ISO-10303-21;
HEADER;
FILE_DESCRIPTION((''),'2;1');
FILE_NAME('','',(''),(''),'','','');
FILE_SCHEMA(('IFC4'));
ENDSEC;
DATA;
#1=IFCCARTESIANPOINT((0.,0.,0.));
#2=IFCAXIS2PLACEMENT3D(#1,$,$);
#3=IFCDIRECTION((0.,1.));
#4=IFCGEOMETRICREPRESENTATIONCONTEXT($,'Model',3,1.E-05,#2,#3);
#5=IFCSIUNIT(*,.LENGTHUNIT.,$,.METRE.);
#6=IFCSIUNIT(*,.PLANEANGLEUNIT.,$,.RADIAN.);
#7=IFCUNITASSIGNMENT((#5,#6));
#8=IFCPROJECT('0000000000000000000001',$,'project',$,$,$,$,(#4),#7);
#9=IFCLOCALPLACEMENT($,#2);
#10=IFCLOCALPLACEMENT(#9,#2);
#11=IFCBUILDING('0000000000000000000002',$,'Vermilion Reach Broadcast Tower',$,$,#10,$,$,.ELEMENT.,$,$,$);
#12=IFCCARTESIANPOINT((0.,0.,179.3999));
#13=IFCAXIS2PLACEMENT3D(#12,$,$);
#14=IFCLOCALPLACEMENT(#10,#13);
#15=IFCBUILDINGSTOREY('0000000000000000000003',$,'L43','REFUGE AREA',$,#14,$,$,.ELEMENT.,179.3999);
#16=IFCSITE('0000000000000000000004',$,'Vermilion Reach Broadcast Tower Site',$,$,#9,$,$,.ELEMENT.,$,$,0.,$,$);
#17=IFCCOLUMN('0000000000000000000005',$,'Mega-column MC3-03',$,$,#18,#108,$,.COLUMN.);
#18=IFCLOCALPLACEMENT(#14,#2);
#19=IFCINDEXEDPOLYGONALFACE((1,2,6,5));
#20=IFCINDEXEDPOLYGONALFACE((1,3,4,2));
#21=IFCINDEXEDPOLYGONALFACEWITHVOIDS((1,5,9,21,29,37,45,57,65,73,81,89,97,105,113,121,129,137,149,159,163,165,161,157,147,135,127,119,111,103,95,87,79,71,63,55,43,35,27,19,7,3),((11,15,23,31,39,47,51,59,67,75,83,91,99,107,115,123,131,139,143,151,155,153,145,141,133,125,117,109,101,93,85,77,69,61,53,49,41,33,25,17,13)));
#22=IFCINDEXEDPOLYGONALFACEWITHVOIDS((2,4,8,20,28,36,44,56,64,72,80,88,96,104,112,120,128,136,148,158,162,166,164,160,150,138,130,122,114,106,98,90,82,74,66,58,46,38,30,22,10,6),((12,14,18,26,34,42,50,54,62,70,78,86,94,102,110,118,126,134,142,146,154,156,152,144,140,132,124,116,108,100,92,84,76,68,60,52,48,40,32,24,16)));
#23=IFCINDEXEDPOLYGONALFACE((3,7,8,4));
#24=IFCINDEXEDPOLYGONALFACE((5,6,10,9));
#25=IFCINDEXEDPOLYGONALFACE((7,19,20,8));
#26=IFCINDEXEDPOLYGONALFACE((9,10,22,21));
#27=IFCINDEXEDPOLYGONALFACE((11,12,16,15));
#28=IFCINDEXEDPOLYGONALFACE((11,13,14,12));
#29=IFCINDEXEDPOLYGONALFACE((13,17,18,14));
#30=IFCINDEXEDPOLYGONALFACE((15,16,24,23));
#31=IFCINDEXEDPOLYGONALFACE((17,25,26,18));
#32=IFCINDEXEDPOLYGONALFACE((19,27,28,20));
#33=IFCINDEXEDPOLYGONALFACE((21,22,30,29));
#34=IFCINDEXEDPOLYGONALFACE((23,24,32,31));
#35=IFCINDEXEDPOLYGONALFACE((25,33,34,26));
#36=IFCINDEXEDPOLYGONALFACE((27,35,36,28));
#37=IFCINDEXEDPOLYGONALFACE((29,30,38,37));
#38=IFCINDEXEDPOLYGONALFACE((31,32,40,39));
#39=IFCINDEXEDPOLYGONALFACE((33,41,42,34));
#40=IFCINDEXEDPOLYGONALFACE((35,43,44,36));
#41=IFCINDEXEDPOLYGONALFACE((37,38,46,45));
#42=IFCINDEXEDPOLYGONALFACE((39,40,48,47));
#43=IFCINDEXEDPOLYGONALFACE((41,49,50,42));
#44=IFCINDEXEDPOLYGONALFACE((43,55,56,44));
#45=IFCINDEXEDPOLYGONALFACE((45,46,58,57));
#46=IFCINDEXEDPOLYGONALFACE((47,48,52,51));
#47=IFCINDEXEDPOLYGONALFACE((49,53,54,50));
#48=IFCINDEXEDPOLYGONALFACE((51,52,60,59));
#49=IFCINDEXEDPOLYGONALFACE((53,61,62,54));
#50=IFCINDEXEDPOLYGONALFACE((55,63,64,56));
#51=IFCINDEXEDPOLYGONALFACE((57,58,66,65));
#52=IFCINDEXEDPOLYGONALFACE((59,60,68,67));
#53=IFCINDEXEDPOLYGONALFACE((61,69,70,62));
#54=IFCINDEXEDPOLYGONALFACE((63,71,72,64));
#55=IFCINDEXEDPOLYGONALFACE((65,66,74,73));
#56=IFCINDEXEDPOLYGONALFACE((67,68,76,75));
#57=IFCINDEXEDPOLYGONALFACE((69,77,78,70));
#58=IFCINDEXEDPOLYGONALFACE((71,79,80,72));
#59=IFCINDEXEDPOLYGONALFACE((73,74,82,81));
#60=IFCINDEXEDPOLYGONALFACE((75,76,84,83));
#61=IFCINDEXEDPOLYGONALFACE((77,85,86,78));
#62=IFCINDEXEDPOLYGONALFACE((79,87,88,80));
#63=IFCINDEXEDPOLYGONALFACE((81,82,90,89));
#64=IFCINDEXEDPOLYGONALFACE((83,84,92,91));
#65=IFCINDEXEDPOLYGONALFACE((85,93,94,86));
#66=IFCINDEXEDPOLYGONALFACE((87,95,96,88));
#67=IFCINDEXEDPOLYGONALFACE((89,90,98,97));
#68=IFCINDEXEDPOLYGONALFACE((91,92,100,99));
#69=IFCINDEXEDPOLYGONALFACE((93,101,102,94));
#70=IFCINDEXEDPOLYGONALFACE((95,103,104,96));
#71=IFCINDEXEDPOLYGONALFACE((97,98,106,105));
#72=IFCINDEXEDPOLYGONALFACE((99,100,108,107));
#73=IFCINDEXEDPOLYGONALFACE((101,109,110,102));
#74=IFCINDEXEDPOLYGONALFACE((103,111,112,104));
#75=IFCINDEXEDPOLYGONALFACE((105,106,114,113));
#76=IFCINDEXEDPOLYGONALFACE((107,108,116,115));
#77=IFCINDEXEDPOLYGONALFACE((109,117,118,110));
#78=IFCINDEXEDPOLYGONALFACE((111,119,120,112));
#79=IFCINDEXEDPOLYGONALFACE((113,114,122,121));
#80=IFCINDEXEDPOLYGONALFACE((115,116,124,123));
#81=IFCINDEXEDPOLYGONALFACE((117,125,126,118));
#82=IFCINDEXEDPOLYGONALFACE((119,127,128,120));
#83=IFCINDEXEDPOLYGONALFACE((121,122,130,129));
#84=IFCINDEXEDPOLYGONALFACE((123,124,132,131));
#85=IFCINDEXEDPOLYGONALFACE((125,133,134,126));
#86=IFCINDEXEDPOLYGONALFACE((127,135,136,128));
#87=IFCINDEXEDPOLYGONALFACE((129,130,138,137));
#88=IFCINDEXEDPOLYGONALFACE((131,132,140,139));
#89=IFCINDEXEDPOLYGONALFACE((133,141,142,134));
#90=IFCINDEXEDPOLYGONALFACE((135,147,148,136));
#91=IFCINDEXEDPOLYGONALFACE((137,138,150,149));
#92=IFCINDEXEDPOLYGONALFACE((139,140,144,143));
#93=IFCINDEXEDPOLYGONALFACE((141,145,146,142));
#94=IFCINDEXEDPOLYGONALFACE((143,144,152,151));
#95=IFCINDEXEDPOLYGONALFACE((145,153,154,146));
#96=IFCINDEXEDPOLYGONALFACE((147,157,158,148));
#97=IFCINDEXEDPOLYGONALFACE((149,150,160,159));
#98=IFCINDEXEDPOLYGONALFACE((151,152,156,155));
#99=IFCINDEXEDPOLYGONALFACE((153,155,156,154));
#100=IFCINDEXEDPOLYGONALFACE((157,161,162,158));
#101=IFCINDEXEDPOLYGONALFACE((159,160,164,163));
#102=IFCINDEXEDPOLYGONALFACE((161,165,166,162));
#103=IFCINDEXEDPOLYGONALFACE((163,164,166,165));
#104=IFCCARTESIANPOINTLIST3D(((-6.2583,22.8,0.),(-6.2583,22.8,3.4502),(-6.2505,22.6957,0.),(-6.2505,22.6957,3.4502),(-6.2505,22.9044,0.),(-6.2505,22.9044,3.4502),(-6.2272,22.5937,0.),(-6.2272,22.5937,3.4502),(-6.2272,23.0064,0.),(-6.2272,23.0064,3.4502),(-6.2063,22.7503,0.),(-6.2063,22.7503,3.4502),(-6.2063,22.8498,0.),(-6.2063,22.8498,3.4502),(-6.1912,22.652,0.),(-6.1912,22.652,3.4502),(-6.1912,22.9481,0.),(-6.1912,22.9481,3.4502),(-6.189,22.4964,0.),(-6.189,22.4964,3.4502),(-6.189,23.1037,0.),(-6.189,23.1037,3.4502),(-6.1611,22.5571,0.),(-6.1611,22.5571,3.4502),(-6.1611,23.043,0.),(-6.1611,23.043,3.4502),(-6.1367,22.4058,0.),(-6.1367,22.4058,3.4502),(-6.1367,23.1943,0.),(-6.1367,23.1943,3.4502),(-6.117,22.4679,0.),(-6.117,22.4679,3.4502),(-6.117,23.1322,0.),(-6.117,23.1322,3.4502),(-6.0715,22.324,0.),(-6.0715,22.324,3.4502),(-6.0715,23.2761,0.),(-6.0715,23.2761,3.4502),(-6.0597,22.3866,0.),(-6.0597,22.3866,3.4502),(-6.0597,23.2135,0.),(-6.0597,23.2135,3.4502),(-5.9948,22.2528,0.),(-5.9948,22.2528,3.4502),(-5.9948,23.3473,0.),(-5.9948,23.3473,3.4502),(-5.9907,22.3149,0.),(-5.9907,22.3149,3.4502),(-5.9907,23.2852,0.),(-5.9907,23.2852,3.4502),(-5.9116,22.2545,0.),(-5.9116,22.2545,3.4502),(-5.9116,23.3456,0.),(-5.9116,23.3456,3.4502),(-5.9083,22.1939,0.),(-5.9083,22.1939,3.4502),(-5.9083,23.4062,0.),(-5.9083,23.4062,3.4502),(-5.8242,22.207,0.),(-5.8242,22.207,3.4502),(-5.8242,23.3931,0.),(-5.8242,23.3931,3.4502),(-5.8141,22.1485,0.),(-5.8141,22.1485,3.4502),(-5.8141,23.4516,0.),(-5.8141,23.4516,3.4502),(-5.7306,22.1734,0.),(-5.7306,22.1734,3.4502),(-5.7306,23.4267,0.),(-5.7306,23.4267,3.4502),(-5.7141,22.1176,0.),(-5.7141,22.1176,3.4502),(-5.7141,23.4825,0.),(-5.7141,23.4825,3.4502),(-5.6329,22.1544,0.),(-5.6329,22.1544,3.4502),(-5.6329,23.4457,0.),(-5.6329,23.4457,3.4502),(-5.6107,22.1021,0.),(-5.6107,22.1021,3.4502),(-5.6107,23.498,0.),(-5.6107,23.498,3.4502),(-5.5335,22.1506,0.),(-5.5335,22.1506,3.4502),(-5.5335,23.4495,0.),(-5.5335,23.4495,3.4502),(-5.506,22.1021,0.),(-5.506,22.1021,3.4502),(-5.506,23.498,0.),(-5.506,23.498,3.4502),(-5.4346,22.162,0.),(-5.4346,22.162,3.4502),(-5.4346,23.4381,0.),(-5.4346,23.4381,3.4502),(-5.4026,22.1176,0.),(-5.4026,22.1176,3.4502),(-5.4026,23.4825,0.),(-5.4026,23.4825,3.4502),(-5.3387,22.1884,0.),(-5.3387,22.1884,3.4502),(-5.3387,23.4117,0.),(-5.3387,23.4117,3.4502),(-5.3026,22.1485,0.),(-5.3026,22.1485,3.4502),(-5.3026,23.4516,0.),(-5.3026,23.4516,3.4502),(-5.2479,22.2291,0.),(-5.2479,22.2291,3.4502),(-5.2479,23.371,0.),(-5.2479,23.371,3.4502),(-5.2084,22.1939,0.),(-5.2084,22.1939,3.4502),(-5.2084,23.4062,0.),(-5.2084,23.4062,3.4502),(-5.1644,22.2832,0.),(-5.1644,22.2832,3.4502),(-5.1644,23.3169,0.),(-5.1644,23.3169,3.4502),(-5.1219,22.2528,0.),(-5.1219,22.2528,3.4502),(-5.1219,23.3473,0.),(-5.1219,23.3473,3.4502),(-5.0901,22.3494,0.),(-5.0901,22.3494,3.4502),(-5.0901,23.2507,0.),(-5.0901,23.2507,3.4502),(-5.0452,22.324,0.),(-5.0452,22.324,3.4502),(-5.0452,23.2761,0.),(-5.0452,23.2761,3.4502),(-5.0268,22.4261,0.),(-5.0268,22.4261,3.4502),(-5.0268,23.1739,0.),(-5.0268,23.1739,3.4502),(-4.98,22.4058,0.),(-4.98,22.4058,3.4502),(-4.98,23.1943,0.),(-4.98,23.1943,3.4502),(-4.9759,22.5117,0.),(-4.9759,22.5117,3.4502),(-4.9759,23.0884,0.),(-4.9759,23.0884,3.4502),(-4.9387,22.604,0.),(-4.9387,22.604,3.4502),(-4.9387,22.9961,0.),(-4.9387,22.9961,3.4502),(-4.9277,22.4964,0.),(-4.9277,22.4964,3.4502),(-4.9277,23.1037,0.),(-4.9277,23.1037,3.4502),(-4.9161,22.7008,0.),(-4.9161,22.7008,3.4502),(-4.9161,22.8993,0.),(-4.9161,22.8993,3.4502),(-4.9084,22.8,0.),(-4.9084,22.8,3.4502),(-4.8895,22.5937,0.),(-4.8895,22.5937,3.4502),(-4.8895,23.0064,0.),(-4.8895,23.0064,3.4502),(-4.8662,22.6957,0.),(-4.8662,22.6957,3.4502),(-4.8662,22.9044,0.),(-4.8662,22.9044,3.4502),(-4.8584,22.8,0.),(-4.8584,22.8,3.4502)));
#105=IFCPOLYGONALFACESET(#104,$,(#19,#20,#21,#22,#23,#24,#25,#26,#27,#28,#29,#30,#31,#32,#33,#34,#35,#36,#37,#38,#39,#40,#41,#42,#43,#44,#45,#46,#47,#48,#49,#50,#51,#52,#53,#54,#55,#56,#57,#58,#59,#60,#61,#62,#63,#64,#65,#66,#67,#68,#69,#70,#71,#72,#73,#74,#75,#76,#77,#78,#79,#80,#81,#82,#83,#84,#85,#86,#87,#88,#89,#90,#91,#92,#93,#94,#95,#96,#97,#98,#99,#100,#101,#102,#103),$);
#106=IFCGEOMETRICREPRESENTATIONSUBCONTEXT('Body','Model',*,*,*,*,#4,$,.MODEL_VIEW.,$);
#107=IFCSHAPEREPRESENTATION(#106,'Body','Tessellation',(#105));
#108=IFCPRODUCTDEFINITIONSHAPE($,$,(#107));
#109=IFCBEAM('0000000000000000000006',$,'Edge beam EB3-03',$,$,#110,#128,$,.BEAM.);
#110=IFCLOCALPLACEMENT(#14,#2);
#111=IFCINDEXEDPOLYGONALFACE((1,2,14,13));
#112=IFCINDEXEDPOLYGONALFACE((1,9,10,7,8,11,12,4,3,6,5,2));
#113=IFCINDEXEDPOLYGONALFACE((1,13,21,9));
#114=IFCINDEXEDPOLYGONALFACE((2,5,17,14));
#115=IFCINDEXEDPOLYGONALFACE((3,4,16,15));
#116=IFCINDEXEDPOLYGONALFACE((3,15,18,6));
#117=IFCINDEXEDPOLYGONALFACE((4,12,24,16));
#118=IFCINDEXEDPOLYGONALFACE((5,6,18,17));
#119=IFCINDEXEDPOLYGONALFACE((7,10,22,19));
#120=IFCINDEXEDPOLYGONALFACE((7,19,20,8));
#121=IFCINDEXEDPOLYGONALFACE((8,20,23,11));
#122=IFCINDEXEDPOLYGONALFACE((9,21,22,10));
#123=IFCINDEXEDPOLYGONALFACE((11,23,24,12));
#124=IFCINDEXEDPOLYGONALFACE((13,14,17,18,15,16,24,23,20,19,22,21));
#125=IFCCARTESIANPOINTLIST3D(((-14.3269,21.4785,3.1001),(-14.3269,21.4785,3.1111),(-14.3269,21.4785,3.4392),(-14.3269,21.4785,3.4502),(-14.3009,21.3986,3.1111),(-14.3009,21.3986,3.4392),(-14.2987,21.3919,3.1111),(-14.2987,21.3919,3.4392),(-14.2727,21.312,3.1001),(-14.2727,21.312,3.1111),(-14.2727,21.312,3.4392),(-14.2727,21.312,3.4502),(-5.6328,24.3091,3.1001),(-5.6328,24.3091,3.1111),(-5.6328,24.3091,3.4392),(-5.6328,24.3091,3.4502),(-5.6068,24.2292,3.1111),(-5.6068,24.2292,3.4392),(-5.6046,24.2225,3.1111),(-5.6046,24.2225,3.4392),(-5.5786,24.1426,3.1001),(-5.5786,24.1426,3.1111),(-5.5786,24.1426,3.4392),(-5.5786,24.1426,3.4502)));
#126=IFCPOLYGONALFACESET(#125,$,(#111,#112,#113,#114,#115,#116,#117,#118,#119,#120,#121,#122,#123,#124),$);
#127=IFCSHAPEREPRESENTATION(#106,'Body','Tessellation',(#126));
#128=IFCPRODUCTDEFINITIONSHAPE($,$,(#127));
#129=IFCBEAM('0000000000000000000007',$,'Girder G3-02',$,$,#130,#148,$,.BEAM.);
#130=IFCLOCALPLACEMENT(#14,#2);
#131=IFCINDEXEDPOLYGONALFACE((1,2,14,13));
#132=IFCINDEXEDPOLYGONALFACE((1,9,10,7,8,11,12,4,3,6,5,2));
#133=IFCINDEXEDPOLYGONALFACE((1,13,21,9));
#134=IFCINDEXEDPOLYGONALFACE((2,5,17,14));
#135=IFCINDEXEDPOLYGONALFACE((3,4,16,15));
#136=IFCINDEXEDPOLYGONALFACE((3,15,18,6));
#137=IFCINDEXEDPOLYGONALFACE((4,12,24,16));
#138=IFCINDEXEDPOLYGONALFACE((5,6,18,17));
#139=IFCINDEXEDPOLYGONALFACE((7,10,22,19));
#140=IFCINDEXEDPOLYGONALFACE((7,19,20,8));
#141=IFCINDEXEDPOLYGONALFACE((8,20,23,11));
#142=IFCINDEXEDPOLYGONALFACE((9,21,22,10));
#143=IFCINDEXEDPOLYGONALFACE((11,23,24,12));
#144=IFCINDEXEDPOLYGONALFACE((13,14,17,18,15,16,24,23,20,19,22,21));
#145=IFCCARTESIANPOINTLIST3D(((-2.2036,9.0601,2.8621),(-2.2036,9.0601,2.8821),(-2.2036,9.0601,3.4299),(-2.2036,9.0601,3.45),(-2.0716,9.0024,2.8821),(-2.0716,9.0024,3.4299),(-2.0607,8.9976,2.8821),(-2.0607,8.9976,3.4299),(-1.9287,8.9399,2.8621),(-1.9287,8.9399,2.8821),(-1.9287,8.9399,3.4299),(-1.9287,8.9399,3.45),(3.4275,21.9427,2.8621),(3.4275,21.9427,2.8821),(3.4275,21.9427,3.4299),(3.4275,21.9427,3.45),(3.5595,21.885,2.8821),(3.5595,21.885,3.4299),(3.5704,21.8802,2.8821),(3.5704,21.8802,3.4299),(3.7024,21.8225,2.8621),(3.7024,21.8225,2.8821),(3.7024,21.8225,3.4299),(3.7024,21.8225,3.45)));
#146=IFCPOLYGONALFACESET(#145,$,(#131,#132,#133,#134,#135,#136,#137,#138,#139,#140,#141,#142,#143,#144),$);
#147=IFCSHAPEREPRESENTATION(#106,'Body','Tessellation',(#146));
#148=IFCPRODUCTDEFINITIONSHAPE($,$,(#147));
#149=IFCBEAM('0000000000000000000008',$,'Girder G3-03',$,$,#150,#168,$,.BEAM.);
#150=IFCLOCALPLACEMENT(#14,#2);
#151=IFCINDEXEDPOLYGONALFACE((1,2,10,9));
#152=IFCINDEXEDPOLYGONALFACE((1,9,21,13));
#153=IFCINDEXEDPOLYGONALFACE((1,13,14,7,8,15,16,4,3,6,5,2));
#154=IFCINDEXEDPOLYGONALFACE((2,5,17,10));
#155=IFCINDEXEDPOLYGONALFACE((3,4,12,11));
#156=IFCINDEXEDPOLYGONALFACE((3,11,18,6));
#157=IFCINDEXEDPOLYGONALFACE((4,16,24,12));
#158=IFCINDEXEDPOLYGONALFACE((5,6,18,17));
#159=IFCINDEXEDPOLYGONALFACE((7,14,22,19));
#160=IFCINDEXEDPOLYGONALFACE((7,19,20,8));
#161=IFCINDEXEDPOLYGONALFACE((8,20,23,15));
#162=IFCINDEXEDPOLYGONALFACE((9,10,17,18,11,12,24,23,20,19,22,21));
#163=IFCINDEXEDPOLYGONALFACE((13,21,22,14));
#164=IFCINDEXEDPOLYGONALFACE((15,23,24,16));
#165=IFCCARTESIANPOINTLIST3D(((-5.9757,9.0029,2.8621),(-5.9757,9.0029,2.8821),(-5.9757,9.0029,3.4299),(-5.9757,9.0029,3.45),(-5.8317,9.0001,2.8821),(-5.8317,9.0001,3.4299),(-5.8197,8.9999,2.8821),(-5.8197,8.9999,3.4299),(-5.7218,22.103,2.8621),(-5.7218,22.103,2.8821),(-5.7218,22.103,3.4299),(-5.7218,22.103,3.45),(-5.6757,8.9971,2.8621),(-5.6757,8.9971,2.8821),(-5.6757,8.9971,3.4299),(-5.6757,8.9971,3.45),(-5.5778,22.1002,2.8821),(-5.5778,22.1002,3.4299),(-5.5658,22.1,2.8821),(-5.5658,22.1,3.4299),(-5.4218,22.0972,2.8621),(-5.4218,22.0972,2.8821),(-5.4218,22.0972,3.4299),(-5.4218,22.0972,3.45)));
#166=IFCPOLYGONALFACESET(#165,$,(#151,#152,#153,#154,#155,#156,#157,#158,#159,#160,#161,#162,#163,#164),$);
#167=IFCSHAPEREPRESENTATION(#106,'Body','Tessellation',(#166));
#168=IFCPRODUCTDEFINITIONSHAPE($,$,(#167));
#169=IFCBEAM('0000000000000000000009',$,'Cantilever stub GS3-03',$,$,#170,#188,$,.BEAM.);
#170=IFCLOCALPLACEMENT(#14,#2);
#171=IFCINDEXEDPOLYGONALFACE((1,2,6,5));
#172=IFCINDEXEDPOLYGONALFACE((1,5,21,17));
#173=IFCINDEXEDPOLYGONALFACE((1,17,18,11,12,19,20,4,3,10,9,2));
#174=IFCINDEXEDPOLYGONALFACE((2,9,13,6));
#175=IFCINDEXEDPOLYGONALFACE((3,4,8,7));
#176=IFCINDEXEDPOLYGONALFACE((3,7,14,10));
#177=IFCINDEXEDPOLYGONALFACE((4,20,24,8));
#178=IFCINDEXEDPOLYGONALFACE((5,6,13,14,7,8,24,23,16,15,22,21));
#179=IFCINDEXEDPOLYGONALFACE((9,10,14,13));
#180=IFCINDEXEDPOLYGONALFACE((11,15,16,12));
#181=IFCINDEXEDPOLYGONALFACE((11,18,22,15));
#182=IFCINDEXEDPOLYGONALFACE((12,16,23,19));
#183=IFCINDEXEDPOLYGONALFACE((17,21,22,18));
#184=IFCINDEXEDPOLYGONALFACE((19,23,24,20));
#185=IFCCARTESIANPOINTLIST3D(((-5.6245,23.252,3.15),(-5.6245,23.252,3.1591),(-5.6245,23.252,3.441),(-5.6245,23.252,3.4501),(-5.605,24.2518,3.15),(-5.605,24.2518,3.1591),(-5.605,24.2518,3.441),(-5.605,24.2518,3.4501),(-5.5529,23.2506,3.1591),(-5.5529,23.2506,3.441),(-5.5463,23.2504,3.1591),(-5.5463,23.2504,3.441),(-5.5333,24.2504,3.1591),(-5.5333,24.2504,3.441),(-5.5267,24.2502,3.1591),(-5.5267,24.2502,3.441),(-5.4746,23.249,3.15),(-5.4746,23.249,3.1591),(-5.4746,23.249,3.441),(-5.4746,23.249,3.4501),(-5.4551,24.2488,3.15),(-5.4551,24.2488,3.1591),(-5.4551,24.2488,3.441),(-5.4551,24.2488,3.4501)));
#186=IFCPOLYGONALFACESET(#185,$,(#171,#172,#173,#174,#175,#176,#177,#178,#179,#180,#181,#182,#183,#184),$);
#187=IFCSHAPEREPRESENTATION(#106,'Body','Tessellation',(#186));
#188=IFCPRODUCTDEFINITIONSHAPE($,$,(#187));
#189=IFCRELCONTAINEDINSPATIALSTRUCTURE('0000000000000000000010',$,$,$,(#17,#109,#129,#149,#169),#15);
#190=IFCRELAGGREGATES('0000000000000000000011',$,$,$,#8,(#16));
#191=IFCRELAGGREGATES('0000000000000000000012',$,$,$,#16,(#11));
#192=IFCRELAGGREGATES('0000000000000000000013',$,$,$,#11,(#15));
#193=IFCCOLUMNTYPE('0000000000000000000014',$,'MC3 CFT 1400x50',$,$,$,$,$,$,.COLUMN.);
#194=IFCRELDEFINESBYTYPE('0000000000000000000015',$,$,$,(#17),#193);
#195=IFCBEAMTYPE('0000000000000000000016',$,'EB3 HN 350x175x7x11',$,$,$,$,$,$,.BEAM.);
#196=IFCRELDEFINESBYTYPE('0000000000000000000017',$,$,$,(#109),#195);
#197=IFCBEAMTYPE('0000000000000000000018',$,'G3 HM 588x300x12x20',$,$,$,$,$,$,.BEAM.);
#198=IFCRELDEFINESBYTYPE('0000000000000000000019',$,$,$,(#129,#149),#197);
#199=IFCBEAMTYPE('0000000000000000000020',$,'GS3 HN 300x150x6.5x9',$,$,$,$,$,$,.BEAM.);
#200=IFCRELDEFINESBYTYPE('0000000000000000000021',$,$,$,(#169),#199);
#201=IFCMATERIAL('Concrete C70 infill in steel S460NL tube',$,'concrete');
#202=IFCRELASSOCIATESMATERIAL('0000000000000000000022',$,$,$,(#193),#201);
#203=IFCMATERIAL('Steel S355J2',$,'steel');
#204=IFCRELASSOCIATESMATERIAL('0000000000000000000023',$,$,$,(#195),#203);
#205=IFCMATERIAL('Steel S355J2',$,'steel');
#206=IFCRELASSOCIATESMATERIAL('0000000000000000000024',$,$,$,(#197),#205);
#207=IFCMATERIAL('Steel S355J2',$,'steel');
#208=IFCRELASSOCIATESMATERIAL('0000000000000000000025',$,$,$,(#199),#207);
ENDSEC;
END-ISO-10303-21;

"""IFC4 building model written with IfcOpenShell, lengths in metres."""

from ifc_helpers import new_model, si_unit, direction, frame, origin, origin_2d, place, context, subcontext, project, spatial, hollow_circle, i_section, extrude, material, material_profile, profile_set, type_object, element, save


model = new_model("IFC4")

# Units and contexts
model_context = context("Model", 3, precision=1e-05, world=origin(), true_north=direction((0.0, 1.0)))
body_context = subcontext(model_context, "Body", "Model", "MODEL_VIEW")
ifc_project = project(units=[si_unit("LENGTHUNIT", "METRE"), si_unit("PLANEANGLEUNIT", "RADIAN")], contexts=[model_context])

# Site, building, storey
site_placement = place(None, origin())
site = spatial("IfcSite", under=ifc_project, at=site_placement, Name="Vermilion Reach Broadcast Tower Site", CompositionType="ELEMENT", RefElevation=0.0)
building_placement = place(site_placement, origin())
building = spatial("IfcBuilding", under=site, at=building_placement, Name="Vermilion Reach Broadcast Tower", CompositionType="ELEMENT")
storey_placement = place(building_placement, frame((0.0, 0.0, 179.3999)))
storey = spatial("IfcBuildingStorey", under=building, at=storey_placement, Name="L43", Description="REFUGE AREA", CompositionType="ELEMENT", Elevation=179.3999)

# Column
ifc_material_1 = material(Name="Concrete C70 infill in steel S460NL tube", Category="concrete")
ifc_material_profile_1 = material_profile(ifc_material_1, hollow_circle(Radius=0.7, WallThickness=0.05, at=origin_2d()), Name="Concrete C70 infill in steel S460NL tube CFT 1400x50")
ifc_profile_set_1 = profile_set([ifc_material_profile_1], Name="Concrete C70 infill in steel S460NL tube")
column_type = type_object("IfcColumnType", Name="MC3 CFT 1400x50", PredefinedType="COLUMN", material=ifc_profile_set_1)
column_placement = place(storey_placement, frame((-5.5583, 22.8, 0.0), z_axis=(0.0, 0.0, 1.0), x_axis=(1.0, 0.0, 0.0)))
element("IfcColumn", 1, at=column_placement, inside=storey, type_object=column_type, Name="Mega-column MC3-03", PredefinedType="COLUMN", context=body_context, shape_type="SweptSolid", body=[
    extrude(hollow_circle(Radius=0.7, WallThickness=0.05, at=origin_2d()), origin(), (0.0, 0.0, 1.0), 3.4502),
])

# Beams
ifc_material_2 = material(Name="Steel S355J2", Category="steel")
ifc_material_profile_2 = material_profile(ifc_material_2, i_section(OverallWidth=0.175, OverallDepth=0.3501, WebThickness=0.0071, FlangeThickness=0.011, at=origin_2d()), Name="S355J2 HN 350x175x7x11")
ifc_profile_set_2 = profile_set([ifc_material_profile_2], Name="Steel S355J2")
beam_type_1 = type_object("IfcBeamType", Name="EB3 HN 350x175x7x11", PredefinedType="BEAM", material=ifc_profile_set_2)
beam_1_placement = place(storey_placement, frame((-5.6057, 24.2258, 3.2751), z_axis=(-0.950874, -0.309579, 0.0), x_axis=(0.309579, -0.950874, 0.0)))
element("IfcBeam", 2, at=beam_1_placement, inside=storey, type_object=beam_type_1, Name="Edge beam EB3-03", PredefinedType="BEAM", context=body_context, shape_type="SweptSolid", body=[
    extrude(i_section(OverallWidth=0.175, OverallDepth=0.3501, WebThickness=0.0071, FlangeThickness=0.011, at=origin_2d()), origin(), (0.0, 0.0, 1.0), 9.1433),
])
ifc_material_3 = material(Name="Steel S355J2", Category="steel")
ifc_material_profile_3 = material_profile(ifc_material_3, i_section(OverallWidth=0.3, OverallDepth=0.5879, WebThickness=0.012, FlangeThickness=0.02, at=origin_2d()), Name="S355J2 HM 588x300x12x20")
ifc_profile_set_3 = profile_set([ifc_material_profile_3], Name="Steel S355J2")
beam_type_2 = type_object("IfcBeamType", Name="G3 HM 588x300x12x20", PredefinedType="BEAM", material=ifc_profile_set_3)
beam_2_placement = place(storey_placement, frame((-2.0662, 9.0, 3.156), z_axis=(0.400519, 0.916288, 0.0), x_axis=(-0.916288, 0.400519, 0.0)))
element("IfcBeam", 3, at=beam_2_placement, inside=storey, type_object=beam_type_2, Name="Girder G3-02", PredefinedType="BEAM", context=body_context, shape_type="SweptSolid", body=[
    extrude(i_section(OverallWidth=0.3, OverallDepth=0.5879, WebThickness=0.012, FlangeThickness=0.02, at=origin_2d()), origin(), (0.0, 0.0, 1.0), 14.0596),
])
beam_3_placement = place(storey_placement, frame((-5.8257, 9.0, 3.156), z_axis=(0.019378, 0.999812, 0.0), x_axis=(-0.999812, 0.019378, 0.0)))
element("IfcBeam", 4, at=beam_3_placement, inside=storey, type_object=beam_type_2, Name="Girder G3-03", PredefinedType="BEAM", context=body_context, shape_type="SweptSolid", body=[
    extrude(i_section(OverallWidth=0.3, OverallDepth=0.5879, WebThickness=0.012, FlangeThickness=0.02, at=origin_2d()), origin(), (0.0, 0.0, 1.0), 13.1025),
])
ifc_material_4 = material(Name="Steel S355J2", Category="steel")
ifc_material_profile_4 = material_profile(ifc_material_4, i_section(OverallWidth=0.1499, OverallDepth=0.3, WebThickness=0.0066, FlangeThickness=0.009, at=origin_2d()), Name="S355J2 HN 300x150x6.5x9")
ifc_profile_set_4 = profile_set([ifc_material_profile_4], Name="Steel S355J2")
beam_type_3 = type_object("IfcBeamType", Name="GS3 HN 300x150x6.5x9", PredefinedType="BEAM", material=ifc_profile_set_4)
beam_4_placement = place(storey_placement, frame((-5.5496, 23.2505, 3.3), z_axis=(0.019532, 0.999809, 0.0), x_axis=(-0.999809, 0.019532, 0.0)))
element("IfcBeam", 5, at=beam_4_placement, inside=storey, type_object=beam_type_3, Name="Cantilever stub GS3-03", PredefinedType="BEAM", context=body_context, shape_type="SweptSolid", body=[
    extrude(i_section(OverallWidth=0.1499, OverallDepth=0.3, WebThickness=0.0066, FlangeThickness=0.009, at=origin_2d()), origin(), (0.0, 0.0, 1.0), 1.0),
])

save(model, "model.ifc")
